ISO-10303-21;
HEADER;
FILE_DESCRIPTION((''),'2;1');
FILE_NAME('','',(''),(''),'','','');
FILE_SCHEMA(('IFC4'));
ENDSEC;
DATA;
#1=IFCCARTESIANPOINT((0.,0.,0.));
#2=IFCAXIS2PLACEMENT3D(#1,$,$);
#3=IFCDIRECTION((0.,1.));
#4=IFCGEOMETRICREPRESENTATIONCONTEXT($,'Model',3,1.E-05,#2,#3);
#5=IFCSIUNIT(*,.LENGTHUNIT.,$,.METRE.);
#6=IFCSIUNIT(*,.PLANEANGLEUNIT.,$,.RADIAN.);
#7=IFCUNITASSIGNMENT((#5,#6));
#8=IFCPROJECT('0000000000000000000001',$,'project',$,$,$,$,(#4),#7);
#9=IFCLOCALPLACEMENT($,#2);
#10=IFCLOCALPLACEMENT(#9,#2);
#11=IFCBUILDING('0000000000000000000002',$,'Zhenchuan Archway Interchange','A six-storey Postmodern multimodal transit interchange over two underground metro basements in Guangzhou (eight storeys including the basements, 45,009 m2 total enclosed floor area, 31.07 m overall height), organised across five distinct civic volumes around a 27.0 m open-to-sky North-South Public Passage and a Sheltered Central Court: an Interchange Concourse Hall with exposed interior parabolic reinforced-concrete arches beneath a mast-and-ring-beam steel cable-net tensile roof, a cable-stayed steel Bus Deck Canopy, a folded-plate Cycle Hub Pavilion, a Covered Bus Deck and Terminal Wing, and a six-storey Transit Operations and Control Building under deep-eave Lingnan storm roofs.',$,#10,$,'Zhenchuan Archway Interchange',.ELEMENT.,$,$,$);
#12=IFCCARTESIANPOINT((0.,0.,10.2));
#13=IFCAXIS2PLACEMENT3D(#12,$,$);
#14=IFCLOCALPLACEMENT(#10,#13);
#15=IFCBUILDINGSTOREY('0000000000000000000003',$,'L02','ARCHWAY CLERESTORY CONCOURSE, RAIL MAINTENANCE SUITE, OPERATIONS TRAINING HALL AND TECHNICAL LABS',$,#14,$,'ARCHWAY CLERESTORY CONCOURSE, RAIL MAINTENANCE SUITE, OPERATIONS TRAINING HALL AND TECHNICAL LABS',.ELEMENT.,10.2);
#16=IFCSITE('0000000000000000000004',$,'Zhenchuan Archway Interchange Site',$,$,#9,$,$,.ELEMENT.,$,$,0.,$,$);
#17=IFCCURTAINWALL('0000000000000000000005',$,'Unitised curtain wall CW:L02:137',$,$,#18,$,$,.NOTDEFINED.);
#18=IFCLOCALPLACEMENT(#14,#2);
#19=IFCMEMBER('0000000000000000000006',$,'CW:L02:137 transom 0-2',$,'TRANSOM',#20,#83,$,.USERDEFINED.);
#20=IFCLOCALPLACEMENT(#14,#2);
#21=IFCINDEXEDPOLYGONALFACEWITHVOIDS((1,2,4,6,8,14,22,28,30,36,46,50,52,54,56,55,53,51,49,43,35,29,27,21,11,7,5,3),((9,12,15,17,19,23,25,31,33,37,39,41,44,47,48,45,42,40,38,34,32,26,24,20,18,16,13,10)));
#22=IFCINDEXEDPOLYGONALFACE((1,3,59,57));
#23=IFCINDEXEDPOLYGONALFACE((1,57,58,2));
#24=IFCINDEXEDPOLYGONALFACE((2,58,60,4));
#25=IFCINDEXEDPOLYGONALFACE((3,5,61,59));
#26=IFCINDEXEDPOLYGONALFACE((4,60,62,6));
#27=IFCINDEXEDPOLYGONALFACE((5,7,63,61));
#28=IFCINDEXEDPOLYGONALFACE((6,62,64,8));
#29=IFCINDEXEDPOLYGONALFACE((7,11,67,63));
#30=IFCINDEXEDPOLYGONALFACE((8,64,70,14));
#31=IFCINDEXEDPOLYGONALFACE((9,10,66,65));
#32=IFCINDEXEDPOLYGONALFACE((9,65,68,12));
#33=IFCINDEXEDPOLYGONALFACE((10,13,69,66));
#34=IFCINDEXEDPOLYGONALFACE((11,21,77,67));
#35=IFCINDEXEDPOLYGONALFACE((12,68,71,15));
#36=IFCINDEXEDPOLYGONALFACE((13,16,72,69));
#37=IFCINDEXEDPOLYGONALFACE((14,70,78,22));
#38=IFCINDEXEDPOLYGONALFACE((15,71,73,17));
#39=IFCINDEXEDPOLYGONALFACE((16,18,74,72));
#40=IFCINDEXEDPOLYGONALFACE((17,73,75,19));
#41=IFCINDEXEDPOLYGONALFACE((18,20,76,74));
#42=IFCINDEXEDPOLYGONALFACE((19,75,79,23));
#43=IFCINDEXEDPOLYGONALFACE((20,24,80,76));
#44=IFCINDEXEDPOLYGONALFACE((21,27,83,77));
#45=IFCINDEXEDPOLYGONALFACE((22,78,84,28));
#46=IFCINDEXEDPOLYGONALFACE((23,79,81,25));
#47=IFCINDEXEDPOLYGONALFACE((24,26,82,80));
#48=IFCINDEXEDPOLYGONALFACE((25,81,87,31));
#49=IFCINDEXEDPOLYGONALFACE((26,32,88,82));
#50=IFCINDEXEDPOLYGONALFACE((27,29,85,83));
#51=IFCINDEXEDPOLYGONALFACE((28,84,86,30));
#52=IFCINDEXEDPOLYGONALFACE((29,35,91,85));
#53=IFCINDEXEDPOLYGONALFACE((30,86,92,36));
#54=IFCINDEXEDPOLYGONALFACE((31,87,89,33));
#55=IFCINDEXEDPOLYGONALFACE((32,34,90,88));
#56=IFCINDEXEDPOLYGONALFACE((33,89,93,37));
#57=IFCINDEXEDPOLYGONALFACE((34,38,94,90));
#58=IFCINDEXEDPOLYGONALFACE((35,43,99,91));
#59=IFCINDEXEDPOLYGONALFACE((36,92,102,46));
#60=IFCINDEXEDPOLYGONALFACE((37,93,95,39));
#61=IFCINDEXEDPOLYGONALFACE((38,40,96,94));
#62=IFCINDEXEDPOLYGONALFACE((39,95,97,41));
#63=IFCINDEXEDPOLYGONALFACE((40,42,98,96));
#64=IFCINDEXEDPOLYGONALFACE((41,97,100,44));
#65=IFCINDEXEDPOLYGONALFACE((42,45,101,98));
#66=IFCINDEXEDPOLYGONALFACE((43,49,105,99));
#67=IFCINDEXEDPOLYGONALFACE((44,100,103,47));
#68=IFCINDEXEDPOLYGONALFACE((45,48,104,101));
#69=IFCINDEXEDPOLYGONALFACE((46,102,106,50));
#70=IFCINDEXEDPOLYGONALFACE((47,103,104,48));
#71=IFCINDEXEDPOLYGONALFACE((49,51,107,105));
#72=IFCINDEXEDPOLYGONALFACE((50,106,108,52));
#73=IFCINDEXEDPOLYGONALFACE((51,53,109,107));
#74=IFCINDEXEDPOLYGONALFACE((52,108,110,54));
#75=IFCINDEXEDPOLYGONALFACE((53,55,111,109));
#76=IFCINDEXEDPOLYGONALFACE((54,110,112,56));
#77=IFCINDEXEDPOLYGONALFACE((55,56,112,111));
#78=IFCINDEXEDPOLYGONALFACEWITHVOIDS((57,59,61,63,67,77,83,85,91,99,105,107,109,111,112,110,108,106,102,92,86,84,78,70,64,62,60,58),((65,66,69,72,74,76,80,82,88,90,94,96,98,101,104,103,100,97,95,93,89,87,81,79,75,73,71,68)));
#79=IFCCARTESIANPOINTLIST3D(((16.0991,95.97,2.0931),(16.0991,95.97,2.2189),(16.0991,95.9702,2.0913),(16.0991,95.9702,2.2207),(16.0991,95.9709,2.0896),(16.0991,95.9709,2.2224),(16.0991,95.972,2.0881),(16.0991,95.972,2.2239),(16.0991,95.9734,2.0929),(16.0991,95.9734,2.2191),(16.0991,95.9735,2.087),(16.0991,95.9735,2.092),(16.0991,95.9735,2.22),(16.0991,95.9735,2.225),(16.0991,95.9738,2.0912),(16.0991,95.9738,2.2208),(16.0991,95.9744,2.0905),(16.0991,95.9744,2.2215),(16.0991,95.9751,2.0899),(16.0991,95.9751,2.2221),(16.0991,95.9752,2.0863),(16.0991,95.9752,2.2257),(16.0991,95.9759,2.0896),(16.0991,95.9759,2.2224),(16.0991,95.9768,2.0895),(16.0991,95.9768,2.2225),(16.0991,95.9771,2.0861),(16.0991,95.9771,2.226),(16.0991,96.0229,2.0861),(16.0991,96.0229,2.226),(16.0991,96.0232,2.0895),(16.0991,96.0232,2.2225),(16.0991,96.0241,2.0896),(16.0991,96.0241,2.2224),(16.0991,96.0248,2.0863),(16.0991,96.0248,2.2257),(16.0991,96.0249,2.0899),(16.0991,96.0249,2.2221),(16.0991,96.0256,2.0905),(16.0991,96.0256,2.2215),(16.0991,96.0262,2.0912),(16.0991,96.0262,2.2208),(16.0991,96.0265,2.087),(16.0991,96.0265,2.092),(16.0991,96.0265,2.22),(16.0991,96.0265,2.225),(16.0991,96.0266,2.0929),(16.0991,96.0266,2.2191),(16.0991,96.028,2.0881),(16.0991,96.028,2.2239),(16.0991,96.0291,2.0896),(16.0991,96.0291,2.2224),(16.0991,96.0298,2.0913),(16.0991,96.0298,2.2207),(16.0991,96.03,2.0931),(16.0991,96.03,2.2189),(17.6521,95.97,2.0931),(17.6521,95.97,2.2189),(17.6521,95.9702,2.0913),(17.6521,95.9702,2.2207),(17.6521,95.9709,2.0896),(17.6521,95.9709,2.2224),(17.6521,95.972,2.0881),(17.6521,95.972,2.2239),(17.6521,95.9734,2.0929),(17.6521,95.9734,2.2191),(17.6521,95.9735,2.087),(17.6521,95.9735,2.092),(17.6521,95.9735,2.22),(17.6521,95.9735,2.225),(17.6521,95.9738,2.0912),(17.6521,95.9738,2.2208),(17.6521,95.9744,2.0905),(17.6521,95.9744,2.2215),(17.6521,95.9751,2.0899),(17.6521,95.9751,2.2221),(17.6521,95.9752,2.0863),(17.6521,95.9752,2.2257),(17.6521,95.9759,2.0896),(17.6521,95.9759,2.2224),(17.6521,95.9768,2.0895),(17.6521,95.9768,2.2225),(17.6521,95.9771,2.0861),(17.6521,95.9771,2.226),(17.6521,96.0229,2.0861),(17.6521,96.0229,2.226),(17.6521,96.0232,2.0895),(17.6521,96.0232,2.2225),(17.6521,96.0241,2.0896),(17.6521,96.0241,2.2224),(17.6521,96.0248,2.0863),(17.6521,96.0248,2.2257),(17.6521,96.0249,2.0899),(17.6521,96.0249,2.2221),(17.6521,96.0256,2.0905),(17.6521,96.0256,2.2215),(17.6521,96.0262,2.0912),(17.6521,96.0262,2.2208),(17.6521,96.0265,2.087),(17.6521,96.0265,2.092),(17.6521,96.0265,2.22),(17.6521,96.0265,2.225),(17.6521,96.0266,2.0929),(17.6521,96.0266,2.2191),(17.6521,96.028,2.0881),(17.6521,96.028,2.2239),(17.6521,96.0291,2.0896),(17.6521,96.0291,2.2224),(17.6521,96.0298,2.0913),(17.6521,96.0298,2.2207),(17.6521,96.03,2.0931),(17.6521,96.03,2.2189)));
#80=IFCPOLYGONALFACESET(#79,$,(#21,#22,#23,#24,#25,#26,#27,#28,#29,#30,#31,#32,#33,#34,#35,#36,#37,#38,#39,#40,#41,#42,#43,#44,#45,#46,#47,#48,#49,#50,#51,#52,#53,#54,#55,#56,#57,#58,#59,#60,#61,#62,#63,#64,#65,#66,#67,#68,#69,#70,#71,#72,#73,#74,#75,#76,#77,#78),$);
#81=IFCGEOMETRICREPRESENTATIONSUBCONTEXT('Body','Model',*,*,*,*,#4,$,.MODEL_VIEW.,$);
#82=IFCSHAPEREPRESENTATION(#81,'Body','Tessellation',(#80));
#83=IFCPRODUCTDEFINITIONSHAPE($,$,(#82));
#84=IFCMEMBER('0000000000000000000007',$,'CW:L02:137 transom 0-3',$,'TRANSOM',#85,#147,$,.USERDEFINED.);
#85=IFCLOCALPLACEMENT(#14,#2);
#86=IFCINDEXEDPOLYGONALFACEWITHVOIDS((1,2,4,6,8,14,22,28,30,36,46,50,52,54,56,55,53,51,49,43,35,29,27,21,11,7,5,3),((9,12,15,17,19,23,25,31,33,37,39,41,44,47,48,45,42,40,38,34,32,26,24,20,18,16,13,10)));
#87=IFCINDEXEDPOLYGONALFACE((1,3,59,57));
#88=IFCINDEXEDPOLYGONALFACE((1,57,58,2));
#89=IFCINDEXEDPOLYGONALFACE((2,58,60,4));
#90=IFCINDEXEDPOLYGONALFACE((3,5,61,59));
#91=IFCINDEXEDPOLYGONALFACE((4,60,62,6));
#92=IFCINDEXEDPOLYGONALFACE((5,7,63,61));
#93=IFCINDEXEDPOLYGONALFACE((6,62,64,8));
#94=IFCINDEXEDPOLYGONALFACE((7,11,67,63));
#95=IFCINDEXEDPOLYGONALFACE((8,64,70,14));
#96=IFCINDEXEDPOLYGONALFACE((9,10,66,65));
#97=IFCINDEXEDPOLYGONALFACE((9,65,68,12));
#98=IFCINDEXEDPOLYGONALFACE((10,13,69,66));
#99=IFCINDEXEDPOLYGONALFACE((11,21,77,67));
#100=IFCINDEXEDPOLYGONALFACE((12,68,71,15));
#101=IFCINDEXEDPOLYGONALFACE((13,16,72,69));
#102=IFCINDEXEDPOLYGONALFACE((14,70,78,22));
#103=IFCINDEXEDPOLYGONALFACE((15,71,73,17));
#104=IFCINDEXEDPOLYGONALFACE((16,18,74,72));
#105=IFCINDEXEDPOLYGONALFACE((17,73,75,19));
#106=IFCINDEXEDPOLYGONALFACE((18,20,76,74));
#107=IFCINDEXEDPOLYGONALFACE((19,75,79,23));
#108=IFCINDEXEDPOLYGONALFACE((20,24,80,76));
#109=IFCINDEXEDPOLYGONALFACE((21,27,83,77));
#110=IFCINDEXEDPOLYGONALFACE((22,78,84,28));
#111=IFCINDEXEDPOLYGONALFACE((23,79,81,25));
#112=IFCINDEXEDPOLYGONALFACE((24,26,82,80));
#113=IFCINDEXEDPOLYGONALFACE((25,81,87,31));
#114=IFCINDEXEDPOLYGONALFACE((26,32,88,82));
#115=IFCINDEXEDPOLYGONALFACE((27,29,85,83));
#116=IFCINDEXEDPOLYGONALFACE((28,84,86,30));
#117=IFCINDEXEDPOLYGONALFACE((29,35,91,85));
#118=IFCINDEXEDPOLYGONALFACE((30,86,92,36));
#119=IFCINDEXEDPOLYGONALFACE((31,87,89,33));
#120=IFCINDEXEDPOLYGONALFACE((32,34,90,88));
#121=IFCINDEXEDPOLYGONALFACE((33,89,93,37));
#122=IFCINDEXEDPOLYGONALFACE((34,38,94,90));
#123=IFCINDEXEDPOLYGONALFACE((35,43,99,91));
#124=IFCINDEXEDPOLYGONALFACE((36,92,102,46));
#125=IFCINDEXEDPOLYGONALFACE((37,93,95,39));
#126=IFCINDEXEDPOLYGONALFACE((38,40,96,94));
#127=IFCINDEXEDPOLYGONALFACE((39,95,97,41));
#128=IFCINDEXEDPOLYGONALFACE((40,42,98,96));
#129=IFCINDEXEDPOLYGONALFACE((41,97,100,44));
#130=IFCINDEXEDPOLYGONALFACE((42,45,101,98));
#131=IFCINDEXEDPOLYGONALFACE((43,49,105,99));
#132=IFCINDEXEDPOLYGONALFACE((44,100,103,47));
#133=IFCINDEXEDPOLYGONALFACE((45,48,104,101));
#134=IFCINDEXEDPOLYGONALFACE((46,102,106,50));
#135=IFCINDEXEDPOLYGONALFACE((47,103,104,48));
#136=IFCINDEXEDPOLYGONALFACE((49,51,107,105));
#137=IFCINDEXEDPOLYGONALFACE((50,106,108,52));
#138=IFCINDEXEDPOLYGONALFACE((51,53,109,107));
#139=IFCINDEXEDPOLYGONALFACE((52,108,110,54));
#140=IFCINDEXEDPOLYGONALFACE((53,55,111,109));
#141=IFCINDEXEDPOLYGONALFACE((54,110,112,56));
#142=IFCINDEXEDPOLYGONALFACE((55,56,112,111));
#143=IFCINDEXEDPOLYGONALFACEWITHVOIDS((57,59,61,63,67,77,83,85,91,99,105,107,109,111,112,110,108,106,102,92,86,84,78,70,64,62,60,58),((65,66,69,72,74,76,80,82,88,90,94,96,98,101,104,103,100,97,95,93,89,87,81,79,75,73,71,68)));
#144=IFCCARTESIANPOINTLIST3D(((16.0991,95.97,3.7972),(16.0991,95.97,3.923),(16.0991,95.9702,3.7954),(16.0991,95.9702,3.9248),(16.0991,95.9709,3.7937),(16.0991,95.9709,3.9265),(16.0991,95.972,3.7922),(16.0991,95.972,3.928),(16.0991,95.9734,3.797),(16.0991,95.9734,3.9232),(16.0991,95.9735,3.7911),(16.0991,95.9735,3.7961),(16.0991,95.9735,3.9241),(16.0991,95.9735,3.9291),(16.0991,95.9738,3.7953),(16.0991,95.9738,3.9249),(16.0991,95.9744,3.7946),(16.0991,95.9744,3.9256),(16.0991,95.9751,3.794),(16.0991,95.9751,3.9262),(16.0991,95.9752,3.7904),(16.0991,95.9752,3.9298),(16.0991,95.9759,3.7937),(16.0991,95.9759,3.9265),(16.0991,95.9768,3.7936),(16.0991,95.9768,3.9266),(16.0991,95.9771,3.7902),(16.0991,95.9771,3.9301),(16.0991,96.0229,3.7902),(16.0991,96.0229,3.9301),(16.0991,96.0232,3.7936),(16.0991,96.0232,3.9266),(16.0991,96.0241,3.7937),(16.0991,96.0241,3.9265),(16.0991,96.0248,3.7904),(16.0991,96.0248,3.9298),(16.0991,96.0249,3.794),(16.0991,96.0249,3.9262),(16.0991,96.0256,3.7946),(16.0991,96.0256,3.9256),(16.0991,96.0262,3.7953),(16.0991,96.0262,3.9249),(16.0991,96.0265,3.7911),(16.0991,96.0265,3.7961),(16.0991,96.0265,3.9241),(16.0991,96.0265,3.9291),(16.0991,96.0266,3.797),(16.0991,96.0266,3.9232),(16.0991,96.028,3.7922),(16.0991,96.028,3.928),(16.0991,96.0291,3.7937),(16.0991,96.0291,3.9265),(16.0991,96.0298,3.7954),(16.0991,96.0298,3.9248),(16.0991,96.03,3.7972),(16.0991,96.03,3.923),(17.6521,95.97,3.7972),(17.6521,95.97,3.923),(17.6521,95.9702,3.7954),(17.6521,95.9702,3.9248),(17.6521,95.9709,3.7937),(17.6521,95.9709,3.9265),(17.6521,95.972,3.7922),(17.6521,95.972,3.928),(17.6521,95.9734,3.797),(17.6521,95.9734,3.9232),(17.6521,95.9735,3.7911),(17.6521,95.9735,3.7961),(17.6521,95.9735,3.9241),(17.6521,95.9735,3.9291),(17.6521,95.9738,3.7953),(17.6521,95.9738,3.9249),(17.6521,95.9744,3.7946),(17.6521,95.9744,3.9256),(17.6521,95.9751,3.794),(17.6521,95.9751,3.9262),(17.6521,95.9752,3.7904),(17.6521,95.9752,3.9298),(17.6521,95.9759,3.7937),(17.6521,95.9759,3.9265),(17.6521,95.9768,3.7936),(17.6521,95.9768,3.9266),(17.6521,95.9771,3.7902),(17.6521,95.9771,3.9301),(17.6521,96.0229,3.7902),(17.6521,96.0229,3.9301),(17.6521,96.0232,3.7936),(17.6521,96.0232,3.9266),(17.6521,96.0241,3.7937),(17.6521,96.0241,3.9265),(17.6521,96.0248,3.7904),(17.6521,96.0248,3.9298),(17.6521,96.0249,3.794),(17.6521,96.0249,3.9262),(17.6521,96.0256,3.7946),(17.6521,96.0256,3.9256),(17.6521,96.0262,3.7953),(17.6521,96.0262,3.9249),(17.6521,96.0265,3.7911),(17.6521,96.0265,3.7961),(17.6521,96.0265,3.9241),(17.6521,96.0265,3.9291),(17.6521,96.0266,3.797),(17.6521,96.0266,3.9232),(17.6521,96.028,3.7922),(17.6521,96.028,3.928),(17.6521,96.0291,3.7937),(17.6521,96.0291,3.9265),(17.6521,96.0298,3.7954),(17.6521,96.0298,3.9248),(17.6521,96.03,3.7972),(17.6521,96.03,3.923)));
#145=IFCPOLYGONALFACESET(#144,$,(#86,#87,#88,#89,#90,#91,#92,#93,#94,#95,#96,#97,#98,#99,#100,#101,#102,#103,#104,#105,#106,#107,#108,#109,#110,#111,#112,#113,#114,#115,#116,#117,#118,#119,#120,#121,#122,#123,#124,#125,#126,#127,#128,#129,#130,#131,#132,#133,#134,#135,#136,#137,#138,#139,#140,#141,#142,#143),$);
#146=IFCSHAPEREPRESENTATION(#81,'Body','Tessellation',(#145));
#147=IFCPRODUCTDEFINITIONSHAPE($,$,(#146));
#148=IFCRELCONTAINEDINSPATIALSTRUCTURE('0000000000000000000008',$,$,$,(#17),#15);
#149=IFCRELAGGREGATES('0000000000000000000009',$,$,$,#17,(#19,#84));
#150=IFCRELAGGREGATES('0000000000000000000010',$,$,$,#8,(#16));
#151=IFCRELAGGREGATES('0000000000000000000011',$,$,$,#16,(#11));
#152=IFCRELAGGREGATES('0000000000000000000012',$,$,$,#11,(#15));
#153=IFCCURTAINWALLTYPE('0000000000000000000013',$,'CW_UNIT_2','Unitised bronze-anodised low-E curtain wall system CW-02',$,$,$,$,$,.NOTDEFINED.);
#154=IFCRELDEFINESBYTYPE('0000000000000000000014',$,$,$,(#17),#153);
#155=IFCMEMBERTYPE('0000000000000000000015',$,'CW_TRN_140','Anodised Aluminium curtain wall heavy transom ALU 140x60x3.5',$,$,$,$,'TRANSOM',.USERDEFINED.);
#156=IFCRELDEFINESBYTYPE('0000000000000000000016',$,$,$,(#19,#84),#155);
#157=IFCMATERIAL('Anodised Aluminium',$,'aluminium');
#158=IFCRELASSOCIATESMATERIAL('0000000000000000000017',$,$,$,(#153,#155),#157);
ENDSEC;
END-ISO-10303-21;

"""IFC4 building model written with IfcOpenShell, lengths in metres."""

from ifc_helpers import new_model, si_unit, direction, frame, origin, origin_2d, place, context, subcontext, project, spatial, hollow_rectangle, extrude, material, material_profile, profile_set, type_object, element, aggregate, save


model = new_model("IFC4")

# Units and contexts
model_context = context("Model", 3, precision=1e-05, world=origin(), true_north=direction((0.0, 1.0)))
body_context = subcontext(model_context, "Body", "Model", "MODEL_VIEW")
ifc_project = project(units=[si_unit("LENGTHUNIT", "METRE"), si_unit("PLANEANGLEUNIT", "RADIAN")], contexts=[model_context])

# Site, building, storey
site_placement = place(None, origin())
site = spatial("IfcSite", under=ifc_project, at=site_placement, Name="Zhenchuan Archway Interchange Site", CompositionType="ELEMENT", RefElevation=0.0)
building_placement = place(site_placement, origin())
building = spatial("IfcBuilding", under=site, at=building_placement, Name="Zhenchuan Archway Interchange", Description="A six-storey Postmodern multimodal transit interchange over two underground metro basements in Guangzhou (eight storeys including the basements, 45,009 m2 total enclosed floor area, 31.07 m overall height), organised across five distinct civic volumes around a 27.0 m open-to-sky North-South Public Passage and a Sheltered Central Court: an Interchange Concourse Hall with exposed interior parabolic reinforced-concrete arches beneath a mast-and-ring-beam steel cable-net tensile roof, a cable-stayed steel Bus Deck Canopy, a folded-plate Cycle Hub Pavilion, a Covered Bus Deck and Terminal Wing, and a six-storey Transit Operations and Control Building under deep-eave Lingnan storm roofs.", LongName="Zhenchuan Archway Interchange", CompositionType="ELEMENT")
storey_placement = place(building_placement, frame((0.0, 0.0, 10.2)))
storey = spatial("IfcBuildingStorey", under=building, at=storey_placement, Name="L02", Description="ARCHWAY CLERESTORY CONCOURSE, RAIL MAINTENANCE SUITE, OPERATIONS TRAINING HALL AND TECHNICAL LABS", LongName="ARCHWAY CLERESTORY CONCOURSE, RAIL MAINTENANCE SUITE, OPERATIONS TRAINING HALL AND TECHNICAL LABS", CompositionType="ELEMENT", Elevation=10.2)

# Curtain wall, members
ifc_material_1 = material(Name="Anodised Aluminium", Category="aluminium")
curtain_wall_type = type_object("IfcCurtainWallType", Name="CW_UNIT_2", Description="Unitised bronze-anodised low-E curtain wall system CW-02", PredefinedType="NOTDEFINED", material=ifc_material_1)
curtain_wall_placement = place(storey_placement, origin())
curtain_wall = element("IfcCurtainWall", 1, at=curtain_wall_placement, inside=storey, type_object=curtain_wall_type, Name="Unitised curtain wall CW:L02:137", PredefinedType="NOTDEFINED")
ifc_material_profile_1 = material_profile(ifc_material_1, hollow_rectangle(XDim=0.0601, YDim=0.1399, WallThickness=0.0034, InnerFilletRadius=0.0034, OuterFilletRadius=0.0071, at=origin_2d()), Name="ALU 140x60x3.5")
ifc_profile_set_1 = profile_set([ifc_material_profile_1], Name="Anodised Aluminium")
member_type_1 = type_object("IfcMemberType", Name="CW_TRN_140", Description="Anodised Aluminium curtain wall heavy transom ALU 140x60x3.5", ElementType="TRANSOM", PredefinedType="USERDEFINED", material=ifc_profile_set_1)
member_1_placement = place(storey_placement, frame((17.6521, 96.0, 2.156), z_axis=(-1.0, 0.0, 0.0), x_axis=(0.0, -1.0, 0.0)))
member_1 = element("IfcMember", 2, at=member_1_placement, type_object=member_type_1, Name="CW:L02:137 transom 0-2", ObjectType="TRANSOM", PredefinedType="USERDEFINED", context=body_context, shape_type="SweptSolid", body=[
    extrude(hollow_rectangle(XDim=0.0601, YDim=0.1399, WallThickness=0.0034, InnerFilletRadius=0.0034, OuterFilletRadius=0.0071, at=origin_2d()), origin(), (0.0, 0.0, 1.0), 1.553),
])
member_2_placement = place(storey_placement, frame((17.6521, 96.0, 3.8601), z_axis=(-1.0, 0.0, 0.0), x_axis=(0.0, -1.0, 0.0)))
member_2 = element("IfcMember", 3, at=member_2_placement, type_object=member_type_1, Name="CW:L02:137 transom 0-3", ObjectType="TRANSOM", PredefinedType="USERDEFINED", context=body_context, shape_type="SweptSolid", body=[
    extrude(hollow_rectangle(XDim=0.0601, YDim=0.1399, WallThickness=0.0034, InnerFilletRadius=0.0034, OuterFilletRadius=0.0071, at=origin_2d()), origin(), (0.0, 0.0, 1.0), 1.553),
])

aggregate(curtain_wall, [member_1, member_2])

save(model, "model.ifc")
